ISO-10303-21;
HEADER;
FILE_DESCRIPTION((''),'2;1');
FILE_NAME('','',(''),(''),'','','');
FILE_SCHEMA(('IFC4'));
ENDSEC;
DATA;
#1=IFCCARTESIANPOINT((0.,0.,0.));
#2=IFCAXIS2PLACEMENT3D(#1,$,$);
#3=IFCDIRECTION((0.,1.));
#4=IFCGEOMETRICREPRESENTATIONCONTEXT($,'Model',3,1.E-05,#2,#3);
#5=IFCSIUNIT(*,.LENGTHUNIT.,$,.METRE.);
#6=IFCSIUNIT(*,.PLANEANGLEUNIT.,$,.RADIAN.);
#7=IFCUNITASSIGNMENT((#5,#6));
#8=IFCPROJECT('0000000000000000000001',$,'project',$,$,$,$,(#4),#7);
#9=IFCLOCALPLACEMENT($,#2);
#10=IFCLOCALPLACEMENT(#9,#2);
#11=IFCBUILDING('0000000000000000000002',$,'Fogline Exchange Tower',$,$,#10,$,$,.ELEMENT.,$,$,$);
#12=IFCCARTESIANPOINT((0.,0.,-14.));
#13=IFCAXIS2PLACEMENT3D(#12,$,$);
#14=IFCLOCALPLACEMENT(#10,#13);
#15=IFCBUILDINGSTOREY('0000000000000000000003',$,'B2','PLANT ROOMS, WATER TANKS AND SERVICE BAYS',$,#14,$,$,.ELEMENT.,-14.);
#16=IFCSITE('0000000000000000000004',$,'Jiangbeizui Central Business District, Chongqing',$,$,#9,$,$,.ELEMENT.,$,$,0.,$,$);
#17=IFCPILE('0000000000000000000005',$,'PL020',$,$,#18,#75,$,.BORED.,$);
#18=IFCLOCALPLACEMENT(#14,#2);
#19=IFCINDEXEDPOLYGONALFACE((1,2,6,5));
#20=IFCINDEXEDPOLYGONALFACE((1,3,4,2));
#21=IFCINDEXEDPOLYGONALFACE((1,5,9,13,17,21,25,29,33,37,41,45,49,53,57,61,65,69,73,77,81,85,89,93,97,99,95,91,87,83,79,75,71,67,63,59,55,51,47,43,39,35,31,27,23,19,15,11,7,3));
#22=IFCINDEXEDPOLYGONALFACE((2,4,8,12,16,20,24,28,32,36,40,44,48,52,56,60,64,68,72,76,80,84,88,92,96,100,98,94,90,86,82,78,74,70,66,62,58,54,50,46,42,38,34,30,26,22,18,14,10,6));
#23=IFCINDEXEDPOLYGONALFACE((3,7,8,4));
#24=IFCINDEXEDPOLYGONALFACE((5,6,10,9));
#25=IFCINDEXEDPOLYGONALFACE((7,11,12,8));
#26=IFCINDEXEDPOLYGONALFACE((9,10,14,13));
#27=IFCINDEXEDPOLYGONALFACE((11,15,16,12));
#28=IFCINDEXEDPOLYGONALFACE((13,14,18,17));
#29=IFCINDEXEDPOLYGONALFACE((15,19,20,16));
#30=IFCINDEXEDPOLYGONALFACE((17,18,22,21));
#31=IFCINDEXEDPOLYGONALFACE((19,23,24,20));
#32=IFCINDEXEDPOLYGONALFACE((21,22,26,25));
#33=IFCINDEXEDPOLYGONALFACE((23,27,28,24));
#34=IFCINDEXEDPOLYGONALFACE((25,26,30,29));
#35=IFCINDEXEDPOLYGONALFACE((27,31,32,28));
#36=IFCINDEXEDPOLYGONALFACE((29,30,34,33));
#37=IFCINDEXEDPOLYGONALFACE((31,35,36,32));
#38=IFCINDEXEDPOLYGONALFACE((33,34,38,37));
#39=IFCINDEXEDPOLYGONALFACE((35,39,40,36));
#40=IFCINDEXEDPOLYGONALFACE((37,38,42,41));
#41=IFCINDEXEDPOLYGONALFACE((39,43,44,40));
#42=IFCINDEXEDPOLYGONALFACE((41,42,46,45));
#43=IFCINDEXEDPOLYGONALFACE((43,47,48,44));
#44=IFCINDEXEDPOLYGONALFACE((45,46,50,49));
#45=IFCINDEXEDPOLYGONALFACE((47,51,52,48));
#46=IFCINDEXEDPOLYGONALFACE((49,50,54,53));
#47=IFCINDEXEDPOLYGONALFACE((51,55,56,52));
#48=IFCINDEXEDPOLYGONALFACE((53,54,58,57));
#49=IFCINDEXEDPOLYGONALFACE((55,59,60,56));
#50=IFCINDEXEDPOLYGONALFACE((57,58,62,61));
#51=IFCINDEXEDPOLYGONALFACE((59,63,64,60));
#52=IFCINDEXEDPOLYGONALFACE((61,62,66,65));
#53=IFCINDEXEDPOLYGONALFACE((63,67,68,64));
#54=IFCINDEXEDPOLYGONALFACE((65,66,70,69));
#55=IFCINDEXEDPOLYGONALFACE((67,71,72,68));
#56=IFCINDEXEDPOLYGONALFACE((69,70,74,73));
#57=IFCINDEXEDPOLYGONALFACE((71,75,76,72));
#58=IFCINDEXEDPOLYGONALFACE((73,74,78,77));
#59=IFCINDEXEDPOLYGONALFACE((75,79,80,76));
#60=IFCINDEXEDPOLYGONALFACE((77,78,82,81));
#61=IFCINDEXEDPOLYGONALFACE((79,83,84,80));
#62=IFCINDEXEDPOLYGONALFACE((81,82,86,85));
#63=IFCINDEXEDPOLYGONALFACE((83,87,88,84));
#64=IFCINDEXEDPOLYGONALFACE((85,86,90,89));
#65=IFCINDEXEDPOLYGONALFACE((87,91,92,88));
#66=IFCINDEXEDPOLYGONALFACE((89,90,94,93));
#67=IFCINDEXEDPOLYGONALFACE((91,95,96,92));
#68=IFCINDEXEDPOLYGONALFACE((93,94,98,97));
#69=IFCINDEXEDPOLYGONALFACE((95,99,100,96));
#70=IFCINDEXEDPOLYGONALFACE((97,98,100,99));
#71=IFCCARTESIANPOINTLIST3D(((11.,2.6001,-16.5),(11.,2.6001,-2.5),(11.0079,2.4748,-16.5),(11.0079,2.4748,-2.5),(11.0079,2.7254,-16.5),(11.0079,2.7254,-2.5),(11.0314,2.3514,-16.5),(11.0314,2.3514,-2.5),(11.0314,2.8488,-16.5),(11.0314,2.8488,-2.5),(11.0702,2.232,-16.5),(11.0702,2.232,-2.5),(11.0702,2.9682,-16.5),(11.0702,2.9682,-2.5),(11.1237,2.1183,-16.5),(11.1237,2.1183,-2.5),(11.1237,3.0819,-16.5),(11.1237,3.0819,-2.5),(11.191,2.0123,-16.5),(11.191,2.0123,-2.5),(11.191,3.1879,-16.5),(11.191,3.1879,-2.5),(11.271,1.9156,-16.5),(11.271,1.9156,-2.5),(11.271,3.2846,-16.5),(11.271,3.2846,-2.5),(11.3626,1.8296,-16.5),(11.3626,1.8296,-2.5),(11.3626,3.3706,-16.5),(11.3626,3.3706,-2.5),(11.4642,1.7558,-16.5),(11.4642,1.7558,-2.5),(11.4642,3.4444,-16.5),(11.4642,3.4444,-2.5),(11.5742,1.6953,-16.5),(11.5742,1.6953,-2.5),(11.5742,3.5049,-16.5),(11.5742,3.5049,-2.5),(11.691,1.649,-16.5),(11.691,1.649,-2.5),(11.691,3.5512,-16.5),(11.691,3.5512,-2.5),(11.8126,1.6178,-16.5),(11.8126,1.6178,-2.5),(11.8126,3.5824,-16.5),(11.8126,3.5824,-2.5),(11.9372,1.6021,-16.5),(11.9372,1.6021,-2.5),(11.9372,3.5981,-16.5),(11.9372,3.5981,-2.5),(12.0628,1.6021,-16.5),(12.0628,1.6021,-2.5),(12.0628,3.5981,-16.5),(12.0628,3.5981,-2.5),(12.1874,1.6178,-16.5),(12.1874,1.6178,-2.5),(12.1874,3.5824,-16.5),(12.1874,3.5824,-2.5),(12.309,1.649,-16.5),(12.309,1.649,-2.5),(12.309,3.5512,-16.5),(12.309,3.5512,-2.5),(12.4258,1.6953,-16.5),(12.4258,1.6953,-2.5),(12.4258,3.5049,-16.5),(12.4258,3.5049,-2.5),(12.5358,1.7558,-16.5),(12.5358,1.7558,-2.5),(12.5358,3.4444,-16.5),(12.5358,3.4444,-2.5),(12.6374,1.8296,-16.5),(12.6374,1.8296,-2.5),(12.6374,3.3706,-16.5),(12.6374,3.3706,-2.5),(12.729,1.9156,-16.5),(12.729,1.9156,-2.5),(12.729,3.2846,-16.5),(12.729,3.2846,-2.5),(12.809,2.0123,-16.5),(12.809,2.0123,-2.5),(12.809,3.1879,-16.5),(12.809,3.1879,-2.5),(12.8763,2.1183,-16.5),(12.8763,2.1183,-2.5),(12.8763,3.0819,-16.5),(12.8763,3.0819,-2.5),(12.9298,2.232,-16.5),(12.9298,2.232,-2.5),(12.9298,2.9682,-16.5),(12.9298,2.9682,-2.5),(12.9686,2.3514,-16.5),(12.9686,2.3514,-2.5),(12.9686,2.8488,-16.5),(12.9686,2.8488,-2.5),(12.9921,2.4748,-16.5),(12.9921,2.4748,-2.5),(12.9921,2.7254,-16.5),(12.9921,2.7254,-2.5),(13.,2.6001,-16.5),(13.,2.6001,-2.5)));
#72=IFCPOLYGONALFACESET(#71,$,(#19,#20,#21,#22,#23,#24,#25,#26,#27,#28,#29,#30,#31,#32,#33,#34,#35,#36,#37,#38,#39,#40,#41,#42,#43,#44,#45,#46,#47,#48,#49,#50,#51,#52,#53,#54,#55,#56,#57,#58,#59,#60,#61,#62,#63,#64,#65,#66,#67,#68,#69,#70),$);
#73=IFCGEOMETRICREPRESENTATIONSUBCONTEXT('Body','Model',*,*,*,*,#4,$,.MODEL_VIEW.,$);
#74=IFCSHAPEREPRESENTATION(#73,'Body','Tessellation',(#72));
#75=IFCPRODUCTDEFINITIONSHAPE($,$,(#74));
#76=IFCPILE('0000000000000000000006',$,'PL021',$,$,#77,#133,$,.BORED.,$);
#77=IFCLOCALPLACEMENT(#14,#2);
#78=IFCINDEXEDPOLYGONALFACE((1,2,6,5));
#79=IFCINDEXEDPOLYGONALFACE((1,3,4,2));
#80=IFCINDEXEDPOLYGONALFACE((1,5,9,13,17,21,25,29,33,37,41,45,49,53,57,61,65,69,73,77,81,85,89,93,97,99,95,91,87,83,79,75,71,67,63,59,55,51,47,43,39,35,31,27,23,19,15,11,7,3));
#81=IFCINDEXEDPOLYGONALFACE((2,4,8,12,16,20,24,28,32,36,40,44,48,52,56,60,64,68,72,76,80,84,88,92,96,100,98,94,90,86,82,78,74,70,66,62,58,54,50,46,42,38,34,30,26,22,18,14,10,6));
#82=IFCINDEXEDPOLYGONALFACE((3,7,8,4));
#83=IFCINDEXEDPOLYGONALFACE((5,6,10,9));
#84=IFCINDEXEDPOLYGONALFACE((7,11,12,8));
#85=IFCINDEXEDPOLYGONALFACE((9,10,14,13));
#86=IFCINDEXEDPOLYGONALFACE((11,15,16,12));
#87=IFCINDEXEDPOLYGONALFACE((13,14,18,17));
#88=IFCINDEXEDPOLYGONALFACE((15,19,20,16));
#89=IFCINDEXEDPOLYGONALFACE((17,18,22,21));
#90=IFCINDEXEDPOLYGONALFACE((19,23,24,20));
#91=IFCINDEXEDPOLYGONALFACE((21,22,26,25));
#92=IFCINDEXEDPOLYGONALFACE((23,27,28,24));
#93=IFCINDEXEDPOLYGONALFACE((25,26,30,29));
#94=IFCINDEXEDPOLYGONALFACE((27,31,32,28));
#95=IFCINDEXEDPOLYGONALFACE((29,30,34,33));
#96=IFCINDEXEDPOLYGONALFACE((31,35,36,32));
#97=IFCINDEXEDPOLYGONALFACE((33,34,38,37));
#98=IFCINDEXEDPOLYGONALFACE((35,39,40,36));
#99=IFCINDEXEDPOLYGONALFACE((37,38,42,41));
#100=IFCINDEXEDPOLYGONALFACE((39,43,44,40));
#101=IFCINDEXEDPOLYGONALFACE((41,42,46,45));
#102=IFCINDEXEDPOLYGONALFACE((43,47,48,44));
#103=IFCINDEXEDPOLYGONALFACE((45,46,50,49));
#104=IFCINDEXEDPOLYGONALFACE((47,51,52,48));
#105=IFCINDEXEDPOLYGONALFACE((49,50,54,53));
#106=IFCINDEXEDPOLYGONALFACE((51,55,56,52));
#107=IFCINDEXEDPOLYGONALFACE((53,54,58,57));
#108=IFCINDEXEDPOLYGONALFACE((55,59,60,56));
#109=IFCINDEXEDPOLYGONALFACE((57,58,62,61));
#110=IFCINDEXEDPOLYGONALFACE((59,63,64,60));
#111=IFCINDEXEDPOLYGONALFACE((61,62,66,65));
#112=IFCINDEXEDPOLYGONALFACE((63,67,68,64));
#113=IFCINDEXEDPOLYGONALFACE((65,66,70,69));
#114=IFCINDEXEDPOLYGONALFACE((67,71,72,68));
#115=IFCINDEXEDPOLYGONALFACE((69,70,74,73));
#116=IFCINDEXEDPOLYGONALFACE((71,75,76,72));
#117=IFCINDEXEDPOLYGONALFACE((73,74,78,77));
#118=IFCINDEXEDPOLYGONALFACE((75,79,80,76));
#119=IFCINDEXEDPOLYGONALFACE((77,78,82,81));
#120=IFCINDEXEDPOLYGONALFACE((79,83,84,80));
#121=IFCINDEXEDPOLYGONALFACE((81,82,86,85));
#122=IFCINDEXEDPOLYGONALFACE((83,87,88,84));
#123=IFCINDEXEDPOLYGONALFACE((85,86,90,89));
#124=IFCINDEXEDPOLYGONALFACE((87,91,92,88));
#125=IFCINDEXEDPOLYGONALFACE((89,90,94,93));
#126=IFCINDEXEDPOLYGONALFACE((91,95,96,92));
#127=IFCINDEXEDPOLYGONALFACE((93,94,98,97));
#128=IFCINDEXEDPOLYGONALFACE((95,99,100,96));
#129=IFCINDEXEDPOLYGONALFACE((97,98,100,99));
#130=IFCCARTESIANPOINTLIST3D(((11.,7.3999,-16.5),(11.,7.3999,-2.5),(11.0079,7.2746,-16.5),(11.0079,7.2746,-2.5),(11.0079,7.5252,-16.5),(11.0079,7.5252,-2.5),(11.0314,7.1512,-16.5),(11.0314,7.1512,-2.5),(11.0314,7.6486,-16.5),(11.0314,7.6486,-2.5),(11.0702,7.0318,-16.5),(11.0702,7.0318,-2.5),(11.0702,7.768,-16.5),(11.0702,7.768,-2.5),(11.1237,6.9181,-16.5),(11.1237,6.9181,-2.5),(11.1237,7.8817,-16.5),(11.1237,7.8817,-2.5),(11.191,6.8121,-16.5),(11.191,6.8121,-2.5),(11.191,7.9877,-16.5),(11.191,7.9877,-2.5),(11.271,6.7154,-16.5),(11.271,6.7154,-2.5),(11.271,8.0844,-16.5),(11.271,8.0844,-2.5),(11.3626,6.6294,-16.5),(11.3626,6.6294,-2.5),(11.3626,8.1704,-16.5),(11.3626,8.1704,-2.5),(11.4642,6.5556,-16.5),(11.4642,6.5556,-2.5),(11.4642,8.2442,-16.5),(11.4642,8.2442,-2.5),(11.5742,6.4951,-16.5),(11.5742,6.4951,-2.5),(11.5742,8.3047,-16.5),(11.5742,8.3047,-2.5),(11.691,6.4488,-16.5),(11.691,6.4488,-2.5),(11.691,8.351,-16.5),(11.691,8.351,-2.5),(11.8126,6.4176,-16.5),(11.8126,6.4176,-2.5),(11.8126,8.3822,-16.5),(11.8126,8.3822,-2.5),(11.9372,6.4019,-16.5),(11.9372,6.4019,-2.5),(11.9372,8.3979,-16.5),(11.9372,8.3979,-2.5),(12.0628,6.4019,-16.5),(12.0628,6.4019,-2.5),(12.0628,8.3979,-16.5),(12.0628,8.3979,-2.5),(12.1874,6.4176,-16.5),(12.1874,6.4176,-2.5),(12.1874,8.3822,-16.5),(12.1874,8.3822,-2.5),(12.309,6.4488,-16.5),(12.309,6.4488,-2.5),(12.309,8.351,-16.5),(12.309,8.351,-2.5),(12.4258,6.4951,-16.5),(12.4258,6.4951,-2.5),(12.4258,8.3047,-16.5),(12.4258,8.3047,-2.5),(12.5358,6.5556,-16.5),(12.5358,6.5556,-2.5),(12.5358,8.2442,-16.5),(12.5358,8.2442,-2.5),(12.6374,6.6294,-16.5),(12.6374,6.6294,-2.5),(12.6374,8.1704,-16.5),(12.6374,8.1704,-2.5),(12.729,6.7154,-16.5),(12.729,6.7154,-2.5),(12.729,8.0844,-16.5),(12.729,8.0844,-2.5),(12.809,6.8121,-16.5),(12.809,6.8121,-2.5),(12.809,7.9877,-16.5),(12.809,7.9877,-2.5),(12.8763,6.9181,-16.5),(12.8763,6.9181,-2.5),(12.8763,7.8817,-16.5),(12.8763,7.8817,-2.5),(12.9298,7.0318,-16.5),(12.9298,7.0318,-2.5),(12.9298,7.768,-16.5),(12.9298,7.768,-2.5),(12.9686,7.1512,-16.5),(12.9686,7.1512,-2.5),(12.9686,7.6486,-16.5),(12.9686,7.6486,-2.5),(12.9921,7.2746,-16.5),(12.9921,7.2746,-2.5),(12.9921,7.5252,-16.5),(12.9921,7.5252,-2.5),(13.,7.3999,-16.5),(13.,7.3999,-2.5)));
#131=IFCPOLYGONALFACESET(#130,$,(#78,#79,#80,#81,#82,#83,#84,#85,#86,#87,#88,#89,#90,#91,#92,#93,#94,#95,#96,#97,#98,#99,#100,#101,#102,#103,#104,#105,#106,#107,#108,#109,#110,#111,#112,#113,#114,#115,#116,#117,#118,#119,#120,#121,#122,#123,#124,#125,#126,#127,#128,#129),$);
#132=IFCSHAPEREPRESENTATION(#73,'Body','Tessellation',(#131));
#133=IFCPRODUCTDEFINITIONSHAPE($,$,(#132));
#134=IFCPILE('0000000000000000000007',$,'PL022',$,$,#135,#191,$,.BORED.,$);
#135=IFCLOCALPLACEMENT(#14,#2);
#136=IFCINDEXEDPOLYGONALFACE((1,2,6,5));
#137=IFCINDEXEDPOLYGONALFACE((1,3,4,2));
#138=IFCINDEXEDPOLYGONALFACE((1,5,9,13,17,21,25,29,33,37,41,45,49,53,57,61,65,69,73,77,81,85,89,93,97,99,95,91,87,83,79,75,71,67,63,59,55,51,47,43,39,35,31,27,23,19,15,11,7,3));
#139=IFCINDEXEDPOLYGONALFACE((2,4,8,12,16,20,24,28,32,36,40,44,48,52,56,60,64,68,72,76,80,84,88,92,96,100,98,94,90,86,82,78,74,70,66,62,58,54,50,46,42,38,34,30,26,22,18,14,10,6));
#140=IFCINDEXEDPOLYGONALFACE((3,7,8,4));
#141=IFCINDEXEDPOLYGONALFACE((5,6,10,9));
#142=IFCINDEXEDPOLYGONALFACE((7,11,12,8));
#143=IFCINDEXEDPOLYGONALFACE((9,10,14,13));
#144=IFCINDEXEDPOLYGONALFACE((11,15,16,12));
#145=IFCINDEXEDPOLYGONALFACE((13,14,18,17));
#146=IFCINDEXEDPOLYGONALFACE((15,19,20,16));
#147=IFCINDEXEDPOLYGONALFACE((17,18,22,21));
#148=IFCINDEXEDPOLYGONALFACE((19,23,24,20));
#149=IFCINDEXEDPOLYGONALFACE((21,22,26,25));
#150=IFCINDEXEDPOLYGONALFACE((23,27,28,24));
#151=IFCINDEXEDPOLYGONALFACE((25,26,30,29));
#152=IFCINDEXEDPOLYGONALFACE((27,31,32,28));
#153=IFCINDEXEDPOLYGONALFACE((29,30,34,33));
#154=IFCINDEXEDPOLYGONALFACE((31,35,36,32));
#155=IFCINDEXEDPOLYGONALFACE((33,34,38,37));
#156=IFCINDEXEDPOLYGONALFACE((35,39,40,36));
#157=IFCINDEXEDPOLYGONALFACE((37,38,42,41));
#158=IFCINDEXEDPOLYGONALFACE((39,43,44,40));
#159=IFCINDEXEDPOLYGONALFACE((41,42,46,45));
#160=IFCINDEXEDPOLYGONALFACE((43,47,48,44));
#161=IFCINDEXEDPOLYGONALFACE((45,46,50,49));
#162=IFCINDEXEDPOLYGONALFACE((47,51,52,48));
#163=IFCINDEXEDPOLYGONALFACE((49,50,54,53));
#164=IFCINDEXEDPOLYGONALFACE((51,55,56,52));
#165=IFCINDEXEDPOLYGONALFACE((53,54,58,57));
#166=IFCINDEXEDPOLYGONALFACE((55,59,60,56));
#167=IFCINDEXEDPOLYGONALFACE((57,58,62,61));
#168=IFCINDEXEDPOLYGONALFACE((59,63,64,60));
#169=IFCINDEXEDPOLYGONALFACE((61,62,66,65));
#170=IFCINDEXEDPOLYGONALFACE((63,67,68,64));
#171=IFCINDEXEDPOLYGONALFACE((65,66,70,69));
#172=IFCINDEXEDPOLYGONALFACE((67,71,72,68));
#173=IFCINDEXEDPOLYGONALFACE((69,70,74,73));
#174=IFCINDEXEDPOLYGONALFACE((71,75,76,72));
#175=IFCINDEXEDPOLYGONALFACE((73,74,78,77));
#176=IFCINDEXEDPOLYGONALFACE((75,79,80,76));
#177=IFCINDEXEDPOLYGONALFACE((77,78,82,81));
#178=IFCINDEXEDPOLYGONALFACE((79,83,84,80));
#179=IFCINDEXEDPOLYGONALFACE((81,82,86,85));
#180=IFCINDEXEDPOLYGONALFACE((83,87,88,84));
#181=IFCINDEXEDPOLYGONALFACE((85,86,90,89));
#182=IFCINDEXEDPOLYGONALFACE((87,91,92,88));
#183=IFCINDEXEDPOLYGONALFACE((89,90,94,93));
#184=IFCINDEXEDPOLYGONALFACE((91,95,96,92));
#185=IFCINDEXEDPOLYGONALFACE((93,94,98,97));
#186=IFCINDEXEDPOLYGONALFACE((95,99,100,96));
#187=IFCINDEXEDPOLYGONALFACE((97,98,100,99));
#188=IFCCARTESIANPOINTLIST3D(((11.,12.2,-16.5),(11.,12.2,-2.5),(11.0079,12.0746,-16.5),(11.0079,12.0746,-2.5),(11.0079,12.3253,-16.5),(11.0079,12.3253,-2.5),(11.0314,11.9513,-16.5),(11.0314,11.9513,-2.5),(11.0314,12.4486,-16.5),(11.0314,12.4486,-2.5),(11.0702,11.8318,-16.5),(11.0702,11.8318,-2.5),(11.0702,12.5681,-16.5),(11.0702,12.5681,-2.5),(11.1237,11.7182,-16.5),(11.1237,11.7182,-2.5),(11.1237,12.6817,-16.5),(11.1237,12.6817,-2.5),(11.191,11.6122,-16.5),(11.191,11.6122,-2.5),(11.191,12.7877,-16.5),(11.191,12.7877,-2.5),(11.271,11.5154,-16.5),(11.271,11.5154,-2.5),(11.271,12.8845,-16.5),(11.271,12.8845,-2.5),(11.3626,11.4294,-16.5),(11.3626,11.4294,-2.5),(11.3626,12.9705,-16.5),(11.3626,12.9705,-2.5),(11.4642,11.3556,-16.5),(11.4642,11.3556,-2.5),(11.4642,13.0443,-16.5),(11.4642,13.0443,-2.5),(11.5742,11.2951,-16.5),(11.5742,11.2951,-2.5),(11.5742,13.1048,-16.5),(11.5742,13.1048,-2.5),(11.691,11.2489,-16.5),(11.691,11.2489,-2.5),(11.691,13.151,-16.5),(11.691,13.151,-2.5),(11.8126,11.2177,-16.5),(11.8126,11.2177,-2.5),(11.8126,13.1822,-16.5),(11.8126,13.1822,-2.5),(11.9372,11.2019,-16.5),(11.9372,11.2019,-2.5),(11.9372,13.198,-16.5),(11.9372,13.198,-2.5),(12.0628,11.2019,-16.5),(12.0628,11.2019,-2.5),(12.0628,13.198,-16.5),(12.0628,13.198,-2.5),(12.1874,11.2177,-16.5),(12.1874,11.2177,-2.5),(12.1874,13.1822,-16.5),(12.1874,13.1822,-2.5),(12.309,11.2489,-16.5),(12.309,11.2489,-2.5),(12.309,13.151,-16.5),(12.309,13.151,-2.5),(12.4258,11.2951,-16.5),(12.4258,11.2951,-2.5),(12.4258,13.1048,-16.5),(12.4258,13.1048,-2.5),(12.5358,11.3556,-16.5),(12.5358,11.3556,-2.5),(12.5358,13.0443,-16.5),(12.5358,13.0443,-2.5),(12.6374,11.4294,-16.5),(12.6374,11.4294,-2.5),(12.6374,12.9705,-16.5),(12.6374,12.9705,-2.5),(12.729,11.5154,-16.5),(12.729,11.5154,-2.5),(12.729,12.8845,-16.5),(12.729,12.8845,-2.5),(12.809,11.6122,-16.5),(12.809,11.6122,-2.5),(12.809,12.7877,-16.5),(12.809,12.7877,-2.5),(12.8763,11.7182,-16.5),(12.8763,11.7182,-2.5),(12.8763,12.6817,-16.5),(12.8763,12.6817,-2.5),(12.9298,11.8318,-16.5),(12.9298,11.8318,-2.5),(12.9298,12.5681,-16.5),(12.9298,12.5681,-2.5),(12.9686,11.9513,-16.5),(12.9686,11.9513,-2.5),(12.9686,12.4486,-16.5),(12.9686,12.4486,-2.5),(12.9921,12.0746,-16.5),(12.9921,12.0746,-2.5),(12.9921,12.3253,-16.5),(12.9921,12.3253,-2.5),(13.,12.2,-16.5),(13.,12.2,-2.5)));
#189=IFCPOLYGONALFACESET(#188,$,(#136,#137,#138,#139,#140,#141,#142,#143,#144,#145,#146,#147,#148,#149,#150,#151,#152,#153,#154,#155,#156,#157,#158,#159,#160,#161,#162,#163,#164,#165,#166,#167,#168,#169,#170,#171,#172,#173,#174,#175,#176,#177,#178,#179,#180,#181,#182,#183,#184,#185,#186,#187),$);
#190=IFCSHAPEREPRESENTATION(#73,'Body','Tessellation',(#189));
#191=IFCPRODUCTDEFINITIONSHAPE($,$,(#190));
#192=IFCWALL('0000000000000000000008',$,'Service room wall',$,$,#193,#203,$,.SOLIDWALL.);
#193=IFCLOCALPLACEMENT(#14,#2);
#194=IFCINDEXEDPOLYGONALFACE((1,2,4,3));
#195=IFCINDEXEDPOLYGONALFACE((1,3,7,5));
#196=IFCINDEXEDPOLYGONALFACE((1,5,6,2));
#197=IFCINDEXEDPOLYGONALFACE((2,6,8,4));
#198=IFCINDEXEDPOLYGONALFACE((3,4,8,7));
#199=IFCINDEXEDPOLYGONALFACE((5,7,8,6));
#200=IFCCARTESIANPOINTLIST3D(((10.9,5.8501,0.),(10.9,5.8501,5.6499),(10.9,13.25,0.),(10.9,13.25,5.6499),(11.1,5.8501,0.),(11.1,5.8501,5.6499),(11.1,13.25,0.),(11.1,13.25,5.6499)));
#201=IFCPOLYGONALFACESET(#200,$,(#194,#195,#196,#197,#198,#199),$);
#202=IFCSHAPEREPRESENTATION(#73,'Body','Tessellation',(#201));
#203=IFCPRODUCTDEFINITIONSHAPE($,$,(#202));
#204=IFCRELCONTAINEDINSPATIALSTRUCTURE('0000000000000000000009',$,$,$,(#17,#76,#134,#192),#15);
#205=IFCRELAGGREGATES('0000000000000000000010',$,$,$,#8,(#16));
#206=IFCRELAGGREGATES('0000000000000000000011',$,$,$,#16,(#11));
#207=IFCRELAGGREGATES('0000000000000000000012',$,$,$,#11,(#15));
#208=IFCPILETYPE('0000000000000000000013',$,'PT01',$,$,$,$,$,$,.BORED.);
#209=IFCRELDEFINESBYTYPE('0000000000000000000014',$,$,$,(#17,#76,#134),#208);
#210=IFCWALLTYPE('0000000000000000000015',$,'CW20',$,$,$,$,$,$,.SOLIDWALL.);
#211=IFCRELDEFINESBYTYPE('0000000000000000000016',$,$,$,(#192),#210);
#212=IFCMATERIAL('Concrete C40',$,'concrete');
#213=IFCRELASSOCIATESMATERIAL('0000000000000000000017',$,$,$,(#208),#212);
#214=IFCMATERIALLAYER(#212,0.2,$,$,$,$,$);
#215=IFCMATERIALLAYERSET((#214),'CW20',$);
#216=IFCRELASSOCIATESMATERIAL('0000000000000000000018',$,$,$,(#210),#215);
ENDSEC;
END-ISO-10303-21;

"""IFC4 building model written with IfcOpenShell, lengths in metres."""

from ifc_helpers import new_model, si_unit, direction, frame, frame_2d, origin, origin_2d, place, context, subcontext, project, spatial, rectangle, circle, extrude, material, layer, layer_set, material_profile, profile_set, type_object, element, save


model = new_model("IFC4")

# Units and contexts
model_context = context("Model", 3, precision=1e-05, world=origin(), true_north=direction((0.0, 1.0)))
body_context = subcontext(model_context, "Body", "Model", "MODEL_VIEW")
ifc_project = project(units=[si_unit("LENGTHUNIT", "METRE"), si_unit("PLANEANGLEUNIT", "RADIAN")], contexts=[model_context])

# Site, building, storey
site_placement = place(None, origin())
site = spatial("IfcSite", under=ifc_project, at=site_placement, Name="Jiangbeizui Central Business District, Chongqing", CompositionType="ELEMENT", RefElevation=0.0)
building_placement = place(site_placement, origin())
building = spatial("IfcBuilding", under=site, at=building_placement, Name="Fogline Exchange Tower", CompositionType="ELEMENT")
storey_placement = place(building_placement, frame((0.0, 0.0, -14.0)))
storey = spatial("IfcBuildingStorey", under=building, at=storey_placement, Name="B2", Description="PLANT ROOMS, WATER TANKS AND SERVICE BAYS", CompositionType="ELEMENT", Elevation=-14.0)

# Piles
ifc_material_1 = material(Name="Concrete C40", Category="concrete")
ifc_material_profile = material_profile(ifc_material_1, circle(Radius=1.0, at=origin_2d()), Name="RC D2000")
ifc_profile_set = profile_set([ifc_material_profile], Name="Concrete C40")
pile_type = type_object("IfcPileType", Name="PT01", PredefinedType="BORED", material=ifc_profile_set)
for number, where, z_axis, x_axis, name in (
    (1, (12.0, 2.6001, -2.5), (0.0, 0.0, -1.0), (1.0, 0.0, 0.0), "PL020"),
    (2, (12.0, 7.3999, -2.5), (0.0, 0.0, -1.0), (1.0, 0.0, 0.0), "PL021"),
    (3, (12.0, 12.2, -2.5), (0.0, 0.0, -1.0), (1.0, 0.0, 0.0), "PL022"),
):
    element("IfcPile", number, at=place(storey_placement, frame(where, z_axis=z_axis, x_axis=x_axis)), inside=storey, type_object=pile_type, Name=name, PredefinedType="BORED", context=body_context, shape_type="SweptSolid", body=[
        extrude(circle(Radius=1.0, at=origin_2d()), origin(), (0.0, 0.0, 1.0), 14.0),
    ])

# Wall
ifc_layer_1 = layer(ifc_material_1, 0.2)
ifc_layer_set_1 = layer_set([ifc_layer_1], Name="CW20")
wall_type_1 = type_object("IfcWallType", Name="CW20", PredefinedType="SOLIDWALL", material=ifc_layer_set_1)
wall_1_placement = place(storey_placement, frame((11.0, 5.8501, 0.0), z_axis=(0.0, 0.0, 1.0), x_axis=(0.0, 1.0, 0.0)))
element("IfcWall", 4, at=wall_1_placement, inside=storey, type_object=wall_type_1, Name="Service room wall", PredefinedType="SOLIDWALL", context=body_context, shape_type="SweptSolid", body=[
    extrude(rectangle(XDim=7.3999, YDim=0.2, at=frame_2d((3.7, 0.0))), origin(), (0.0, 0.0, 1.0), 5.6499),
])

save(model, "model.ifc")
